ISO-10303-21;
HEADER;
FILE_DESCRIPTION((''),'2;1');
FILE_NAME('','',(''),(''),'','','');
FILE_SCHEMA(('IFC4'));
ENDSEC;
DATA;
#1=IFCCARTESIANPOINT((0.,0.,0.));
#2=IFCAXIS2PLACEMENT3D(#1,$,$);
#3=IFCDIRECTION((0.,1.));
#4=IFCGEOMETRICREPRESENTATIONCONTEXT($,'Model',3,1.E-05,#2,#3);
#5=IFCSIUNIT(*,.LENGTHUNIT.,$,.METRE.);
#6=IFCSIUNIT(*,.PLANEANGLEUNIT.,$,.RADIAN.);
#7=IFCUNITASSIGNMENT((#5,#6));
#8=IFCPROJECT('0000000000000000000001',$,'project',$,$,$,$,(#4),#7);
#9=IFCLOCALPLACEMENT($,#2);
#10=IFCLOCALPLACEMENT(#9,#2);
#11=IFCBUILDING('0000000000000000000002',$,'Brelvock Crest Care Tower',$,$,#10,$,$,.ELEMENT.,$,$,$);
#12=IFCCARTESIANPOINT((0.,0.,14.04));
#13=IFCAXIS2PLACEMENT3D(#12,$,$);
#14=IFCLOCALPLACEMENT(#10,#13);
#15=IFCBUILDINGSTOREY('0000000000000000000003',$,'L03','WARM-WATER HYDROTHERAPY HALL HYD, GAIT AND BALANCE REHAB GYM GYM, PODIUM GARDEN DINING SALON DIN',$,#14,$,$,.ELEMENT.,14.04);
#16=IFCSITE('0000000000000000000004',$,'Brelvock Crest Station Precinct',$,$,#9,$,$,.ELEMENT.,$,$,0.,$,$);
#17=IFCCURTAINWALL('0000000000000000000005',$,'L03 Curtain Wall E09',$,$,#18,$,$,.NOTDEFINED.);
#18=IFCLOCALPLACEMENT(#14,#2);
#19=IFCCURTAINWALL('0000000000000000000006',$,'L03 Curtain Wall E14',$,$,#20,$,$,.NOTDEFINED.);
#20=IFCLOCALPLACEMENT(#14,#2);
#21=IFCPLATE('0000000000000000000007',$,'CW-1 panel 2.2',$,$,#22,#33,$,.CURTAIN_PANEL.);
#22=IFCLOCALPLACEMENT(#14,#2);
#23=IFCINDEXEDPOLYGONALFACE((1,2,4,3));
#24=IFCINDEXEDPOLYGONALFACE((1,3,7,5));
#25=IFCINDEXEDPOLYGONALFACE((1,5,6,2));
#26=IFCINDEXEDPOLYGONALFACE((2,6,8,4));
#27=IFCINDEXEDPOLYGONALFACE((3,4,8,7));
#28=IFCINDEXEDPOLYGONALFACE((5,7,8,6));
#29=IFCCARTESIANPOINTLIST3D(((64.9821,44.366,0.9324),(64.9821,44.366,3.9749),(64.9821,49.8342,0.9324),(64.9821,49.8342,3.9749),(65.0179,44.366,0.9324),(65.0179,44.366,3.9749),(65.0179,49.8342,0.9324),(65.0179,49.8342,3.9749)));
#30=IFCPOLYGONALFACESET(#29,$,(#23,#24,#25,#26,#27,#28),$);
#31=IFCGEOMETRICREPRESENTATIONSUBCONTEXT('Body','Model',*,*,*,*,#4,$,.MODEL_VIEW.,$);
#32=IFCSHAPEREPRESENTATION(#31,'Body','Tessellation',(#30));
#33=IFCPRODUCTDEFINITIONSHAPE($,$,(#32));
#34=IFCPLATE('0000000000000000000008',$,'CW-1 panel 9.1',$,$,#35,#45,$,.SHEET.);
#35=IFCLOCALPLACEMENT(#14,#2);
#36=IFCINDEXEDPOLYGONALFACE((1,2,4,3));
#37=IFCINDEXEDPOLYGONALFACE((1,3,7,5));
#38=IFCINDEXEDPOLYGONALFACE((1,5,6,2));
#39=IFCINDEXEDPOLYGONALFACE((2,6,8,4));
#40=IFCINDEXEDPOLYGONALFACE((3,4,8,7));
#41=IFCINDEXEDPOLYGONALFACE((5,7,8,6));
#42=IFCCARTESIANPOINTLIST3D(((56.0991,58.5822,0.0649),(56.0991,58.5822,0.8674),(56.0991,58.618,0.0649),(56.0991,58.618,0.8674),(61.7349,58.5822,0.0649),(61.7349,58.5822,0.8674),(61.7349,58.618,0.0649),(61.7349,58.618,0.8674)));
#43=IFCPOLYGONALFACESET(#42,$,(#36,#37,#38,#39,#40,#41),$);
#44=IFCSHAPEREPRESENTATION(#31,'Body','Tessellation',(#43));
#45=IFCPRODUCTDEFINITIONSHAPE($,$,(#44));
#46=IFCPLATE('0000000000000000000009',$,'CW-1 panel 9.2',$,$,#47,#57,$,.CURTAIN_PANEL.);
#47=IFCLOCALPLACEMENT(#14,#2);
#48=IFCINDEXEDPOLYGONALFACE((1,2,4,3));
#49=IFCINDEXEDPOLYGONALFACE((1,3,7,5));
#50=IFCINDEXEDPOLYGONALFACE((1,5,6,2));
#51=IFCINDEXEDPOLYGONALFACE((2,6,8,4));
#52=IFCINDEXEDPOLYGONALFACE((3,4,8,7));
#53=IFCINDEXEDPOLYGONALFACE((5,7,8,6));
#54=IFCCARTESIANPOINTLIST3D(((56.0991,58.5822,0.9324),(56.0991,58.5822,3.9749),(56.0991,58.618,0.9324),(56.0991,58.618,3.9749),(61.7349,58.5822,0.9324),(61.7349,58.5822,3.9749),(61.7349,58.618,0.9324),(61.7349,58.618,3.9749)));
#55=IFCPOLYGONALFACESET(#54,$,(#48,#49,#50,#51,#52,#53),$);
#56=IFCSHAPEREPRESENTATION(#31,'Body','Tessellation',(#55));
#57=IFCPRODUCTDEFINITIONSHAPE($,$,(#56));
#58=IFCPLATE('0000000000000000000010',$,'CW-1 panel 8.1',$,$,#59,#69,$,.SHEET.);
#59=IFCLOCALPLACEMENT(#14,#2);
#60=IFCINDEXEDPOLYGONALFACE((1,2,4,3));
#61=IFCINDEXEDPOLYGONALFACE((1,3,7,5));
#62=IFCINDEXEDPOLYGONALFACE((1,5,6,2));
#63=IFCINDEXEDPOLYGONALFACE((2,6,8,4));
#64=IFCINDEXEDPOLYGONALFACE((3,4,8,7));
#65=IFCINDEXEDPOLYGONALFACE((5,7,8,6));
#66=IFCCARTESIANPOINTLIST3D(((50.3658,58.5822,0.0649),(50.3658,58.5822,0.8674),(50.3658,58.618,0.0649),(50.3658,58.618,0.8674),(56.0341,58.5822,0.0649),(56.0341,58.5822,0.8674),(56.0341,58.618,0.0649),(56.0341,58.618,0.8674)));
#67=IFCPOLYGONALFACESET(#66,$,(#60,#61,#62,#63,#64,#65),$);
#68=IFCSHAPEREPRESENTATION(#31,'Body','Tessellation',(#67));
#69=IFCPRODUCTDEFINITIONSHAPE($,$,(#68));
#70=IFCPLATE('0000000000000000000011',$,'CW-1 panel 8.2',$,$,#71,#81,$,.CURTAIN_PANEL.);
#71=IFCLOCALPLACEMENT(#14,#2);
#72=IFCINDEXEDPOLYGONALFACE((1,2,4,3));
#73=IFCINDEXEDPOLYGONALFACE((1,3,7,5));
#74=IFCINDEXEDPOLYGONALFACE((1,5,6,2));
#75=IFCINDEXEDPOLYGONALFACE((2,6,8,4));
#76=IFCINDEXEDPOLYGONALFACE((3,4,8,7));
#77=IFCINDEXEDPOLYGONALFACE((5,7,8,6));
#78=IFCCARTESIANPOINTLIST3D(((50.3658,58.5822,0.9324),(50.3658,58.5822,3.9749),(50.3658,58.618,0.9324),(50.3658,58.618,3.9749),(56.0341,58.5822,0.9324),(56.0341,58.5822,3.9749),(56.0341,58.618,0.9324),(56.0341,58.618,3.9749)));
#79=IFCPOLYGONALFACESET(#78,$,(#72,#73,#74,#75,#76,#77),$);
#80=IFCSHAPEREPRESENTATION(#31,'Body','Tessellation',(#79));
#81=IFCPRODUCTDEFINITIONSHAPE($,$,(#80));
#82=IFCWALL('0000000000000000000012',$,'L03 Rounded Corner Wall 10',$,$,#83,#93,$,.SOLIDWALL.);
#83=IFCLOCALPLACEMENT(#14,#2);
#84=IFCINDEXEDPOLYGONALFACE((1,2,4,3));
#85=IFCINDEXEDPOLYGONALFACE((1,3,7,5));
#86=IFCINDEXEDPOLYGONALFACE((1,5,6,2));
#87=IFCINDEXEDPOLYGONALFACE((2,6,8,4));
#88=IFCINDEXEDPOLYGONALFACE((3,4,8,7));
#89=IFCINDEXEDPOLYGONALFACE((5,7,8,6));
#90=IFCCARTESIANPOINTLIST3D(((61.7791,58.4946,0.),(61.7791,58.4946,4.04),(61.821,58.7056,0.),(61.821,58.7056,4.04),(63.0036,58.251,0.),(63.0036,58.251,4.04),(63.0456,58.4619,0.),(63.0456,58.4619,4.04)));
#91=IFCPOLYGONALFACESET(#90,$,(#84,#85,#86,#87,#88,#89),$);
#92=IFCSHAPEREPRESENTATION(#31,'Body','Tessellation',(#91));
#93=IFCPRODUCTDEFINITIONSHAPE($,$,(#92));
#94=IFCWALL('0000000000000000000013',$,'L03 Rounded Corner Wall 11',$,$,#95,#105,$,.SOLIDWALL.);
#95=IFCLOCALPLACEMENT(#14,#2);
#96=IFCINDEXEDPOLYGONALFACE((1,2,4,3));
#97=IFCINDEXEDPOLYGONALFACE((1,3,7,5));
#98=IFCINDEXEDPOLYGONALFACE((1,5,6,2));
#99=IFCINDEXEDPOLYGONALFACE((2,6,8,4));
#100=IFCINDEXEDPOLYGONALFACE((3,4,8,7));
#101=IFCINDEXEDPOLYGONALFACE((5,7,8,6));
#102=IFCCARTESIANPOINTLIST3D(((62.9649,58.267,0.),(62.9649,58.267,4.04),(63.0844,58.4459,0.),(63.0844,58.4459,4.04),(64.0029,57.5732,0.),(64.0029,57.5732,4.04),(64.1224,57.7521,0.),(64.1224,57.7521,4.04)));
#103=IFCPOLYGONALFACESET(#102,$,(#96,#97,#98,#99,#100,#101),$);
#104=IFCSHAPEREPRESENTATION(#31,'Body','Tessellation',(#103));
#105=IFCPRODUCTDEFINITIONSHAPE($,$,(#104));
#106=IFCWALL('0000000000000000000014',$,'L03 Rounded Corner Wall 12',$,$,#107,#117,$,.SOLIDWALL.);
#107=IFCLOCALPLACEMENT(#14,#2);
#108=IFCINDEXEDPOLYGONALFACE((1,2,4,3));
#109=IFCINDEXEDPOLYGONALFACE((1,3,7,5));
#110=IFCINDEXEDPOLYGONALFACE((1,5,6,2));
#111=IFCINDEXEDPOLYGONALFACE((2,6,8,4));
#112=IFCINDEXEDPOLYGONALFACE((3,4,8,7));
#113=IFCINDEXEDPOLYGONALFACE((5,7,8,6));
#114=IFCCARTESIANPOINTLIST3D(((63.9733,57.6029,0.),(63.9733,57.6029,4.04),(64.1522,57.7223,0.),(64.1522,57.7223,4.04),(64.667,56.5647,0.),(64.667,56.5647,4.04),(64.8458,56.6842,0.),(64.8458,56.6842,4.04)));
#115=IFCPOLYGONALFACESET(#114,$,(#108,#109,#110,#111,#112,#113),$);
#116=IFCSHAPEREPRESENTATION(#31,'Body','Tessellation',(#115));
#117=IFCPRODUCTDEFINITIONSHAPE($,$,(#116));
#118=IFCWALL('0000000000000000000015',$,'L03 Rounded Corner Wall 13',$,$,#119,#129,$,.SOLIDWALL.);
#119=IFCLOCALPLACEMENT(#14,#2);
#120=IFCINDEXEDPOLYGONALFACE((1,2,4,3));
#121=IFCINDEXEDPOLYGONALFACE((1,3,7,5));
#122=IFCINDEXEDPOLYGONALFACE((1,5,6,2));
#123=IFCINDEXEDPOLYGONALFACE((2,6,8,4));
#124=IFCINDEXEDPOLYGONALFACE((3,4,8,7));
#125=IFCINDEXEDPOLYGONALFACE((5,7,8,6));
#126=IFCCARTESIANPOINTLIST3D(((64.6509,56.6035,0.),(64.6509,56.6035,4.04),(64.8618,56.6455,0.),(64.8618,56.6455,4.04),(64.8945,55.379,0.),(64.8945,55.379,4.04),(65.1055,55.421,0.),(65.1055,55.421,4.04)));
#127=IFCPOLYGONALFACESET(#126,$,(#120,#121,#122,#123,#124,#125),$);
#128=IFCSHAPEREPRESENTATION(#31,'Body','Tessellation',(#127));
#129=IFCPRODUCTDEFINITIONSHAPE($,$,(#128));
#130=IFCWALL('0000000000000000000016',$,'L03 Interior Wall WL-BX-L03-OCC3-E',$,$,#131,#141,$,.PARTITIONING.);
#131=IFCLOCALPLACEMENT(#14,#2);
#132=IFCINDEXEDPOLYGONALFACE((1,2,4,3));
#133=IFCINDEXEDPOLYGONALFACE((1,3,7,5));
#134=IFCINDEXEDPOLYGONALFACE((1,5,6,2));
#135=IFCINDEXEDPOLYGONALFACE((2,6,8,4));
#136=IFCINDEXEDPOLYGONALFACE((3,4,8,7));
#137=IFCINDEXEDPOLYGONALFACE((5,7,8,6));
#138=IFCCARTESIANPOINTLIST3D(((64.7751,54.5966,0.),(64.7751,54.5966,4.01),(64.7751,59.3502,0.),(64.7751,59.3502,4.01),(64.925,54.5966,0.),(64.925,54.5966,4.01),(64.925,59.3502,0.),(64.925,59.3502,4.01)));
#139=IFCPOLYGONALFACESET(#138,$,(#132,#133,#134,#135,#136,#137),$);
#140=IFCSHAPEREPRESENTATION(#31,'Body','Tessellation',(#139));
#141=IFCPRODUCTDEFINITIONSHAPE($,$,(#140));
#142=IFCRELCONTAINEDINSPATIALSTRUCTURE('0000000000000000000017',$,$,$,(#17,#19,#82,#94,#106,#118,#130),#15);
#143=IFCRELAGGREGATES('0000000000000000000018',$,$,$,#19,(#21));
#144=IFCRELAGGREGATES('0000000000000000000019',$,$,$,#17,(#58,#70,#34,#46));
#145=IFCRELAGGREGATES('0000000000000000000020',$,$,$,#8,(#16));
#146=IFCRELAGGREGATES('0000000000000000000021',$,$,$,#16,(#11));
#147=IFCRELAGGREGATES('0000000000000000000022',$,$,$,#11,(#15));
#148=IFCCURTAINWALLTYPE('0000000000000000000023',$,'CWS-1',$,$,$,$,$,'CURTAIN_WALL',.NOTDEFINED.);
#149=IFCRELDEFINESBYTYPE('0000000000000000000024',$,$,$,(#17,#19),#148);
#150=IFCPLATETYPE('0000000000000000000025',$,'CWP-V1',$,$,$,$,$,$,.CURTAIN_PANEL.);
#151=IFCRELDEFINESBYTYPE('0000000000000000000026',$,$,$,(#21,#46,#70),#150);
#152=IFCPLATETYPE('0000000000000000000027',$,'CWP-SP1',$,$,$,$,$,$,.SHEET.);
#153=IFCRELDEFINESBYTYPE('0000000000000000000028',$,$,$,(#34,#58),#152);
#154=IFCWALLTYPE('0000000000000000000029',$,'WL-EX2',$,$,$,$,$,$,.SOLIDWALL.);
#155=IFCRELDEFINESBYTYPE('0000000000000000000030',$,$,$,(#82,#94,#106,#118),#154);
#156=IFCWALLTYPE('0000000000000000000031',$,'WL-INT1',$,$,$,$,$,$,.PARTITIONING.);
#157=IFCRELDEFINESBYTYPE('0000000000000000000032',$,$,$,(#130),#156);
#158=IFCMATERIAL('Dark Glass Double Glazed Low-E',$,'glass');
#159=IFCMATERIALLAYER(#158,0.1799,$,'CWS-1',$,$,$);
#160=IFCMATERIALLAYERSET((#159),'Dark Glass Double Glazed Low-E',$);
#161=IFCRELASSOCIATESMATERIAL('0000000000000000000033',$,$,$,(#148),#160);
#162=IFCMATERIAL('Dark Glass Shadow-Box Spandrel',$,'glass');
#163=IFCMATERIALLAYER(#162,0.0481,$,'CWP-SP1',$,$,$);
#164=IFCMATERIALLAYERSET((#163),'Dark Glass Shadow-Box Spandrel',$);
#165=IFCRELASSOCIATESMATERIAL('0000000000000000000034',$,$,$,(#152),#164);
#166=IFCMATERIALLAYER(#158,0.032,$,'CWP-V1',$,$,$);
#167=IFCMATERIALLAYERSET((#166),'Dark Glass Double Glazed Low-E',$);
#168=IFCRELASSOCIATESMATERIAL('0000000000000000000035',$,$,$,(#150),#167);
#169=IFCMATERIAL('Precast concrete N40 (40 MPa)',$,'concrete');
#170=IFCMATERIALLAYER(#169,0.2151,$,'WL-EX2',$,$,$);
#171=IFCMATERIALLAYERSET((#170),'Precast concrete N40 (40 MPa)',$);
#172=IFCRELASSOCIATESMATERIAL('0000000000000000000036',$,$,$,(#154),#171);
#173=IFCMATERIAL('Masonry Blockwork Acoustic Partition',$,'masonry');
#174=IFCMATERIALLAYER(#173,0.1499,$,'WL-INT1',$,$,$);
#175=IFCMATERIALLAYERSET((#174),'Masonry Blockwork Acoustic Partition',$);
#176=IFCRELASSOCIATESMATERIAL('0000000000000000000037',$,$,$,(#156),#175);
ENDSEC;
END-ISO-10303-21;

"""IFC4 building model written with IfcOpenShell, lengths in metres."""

from ifc_helpers import new_model, si_unit, direction, frame, frame_2d, origin, origin_2d, place, context, subcontext, project, spatial, rectangle, extrude, source, transform, mapped, material, layer, layer_set, type_object, element, aggregate, save


model = new_model("IFC4")

# Units and contexts
model_context = context("Model", 3, precision=1e-05, world=origin(), true_north=direction((0.0, 1.0)))
body_context = subcontext(model_context, "Body", "Model", "MODEL_VIEW")
ifc_project = project(units=[si_unit("LENGTHUNIT", "METRE"), si_unit("PLANEANGLEUNIT", "RADIAN")], contexts=[model_context])

# Site, building, storey
site_placement = place(None, origin())
site = spatial("IfcSite", under=ifc_project, at=site_placement, Name="Brelvock Crest Station Precinct", CompositionType="ELEMENT", RefElevation=0.0)
building_placement = place(site_placement, origin())
building = spatial("IfcBuilding", under=site, at=building_placement, Name="Brelvock Crest Care Tower", CompositionType="ELEMENT")
storey_placement = place(building_placement, frame((0.0, 0.0, 14.04)))
storey = spatial("IfcBuildingStorey", under=building, at=storey_placement, Name="L03", Description="WARM-WATER HYDROTHERAPY HALL HYD, GAIT AND BALANCE REHAB GYM GYM, PODIUM GARDEN DINING SALON DIN", CompositionType="ELEMENT", Elevation=14.04)

# Curtain walls
ifc_material_1 = material(Name="Dark Glass Double Glazed Low-E", Category="glass")
ifc_layer_1 = layer(ifc_material_1, 0.1799, Name="CWS-1")
ifc_layer_set_1 = layer_set([ifc_layer_1], Name="Dark Glass Double Glazed Low-E")
curtain_wall_type = type_object("IfcCurtainWallType", Name="CWS-1", ElementType="CURTAIN_WALL", PredefinedType="NOTDEFINED", material=ifc_layer_set_1)
curtain_wall_1_placement = place(storey_placement, origin())
curtain_wall_1 = element("IfcCurtainWall", 1, at=curtain_wall_1_placement, inside=storey, type_object=curtain_wall_type, Name="L03 Curtain Wall E09", PredefinedType="NOTDEFINED")
curtain_wall_2_placement = place(storey_placement, origin())
curtain_wall_2 = element("IfcCurtainWall", 2, at=curtain_wall_2_placement, inside=storey, type_object=curtain_wall_type, Name="L03 Curtain Wall E14", PredefinedType="NOTDEFINED")

# Plates
ifc_material_2 = material(Name="Dark Glass Shadow-Box Spandrel", Category="glass")
ifc_layer_2 = layer(ifc_material_2, 0.0481, Name="CWP-SP1")
ifc_layer_set_2 = layer_set([ifc_layer_2], Name="Dark Glass Shadow-Box Spandrel")
plate_type_1 = type_object("IfcPlateType", Name="CWP-SP1", PredefinedType="SHEET", material=ifc_layer_set_2)
ifc_layer_3 = layer(ifc_material_1, 0.032, Name="CWP-V1")
ifc_layer_set_3 = layer_set([ifc_layer_3], Name="Dark Glass Double Glazed Low-E")
plate_type_2 = type_object("IfcPlateType", Name="CWP-V1", PredefinedType="CURTAIN_PANEL", material=ifc_layer_set_3)
shared_shape_1 = source(origin(), body_context, "Body", "SweptSolid", [
    extrude(rectangle(XDim=5.4683, YDim=0.0359, at=origin_2d()), origin(), (0.0, 0.0, 1.0), 3.0425),
])
plate_1_placement = place(storey_placement, frame((65.0, 47.1001, 0.9324), z_axis=(0.0, 0.0, 1.0), x_axis=(0.0, -1.0, 0.0)))
plate_1 = element("IfcPlate", 3, at=plate_1_placement, type_object=plate_type_2, Name="CW-1 panel 2.2", PredefinedType="CURTAIN_PANEL", context=body_context, shape_type="MappedRepresentation", body=[
    mapped(shared_shape_1, transform((0.0, 0.0, 0.0), x_axis=(1.0, 0.0, 0.0), y_axis=(0.0, 1.0, 0.0), z_axis=(0.0, 0.0, 1.0), scale=1.0)),
])
aggregate(curtain_wall_2, [plate_1])
shared_shape_2 = source(origin(), body_context, "Body", "SweptSolid", [
    extrude(rectangle(XDim=5.6357, YDim=0.0359, at=origin_2d()), origin(), (0.0, 0.0, 1.0), 0.8025),
])
plate_2_placement = place(storey_placement, frame((58.917, 58.6001, 0.0649), z_axis=(0.0, 0.0, 1.0), x_axis=(1.0, 0.0, 0.0)))
plate_2 = element("IfcPlate", 4, at=plate_2_placement, type_object=plate_type_1, Name="CW-1 panel 9.1", PredefinedType="SHEET", context=body_context, shape_type="MappedRepresentation", body=[
    mapped(shared_shape_2, transform((0.0, 0.0, 0.0), x_axis=(1.0, 0.0, 0.0), y_axis=(0.0, 1.0, 0.0), z_axis=(0.0, 0.0, 1.0), scale=1.0)),
])
shared_shape_3 = source(origin(), body_context, "Body", "SweptSolid", [
    extrude(rectangle(XDim=5.6357, YDim=0.0359, at=origin_2d()), origin(), (0.0, 0.0, 1.0), 3.0425),
])
plate_3_placement = place(storey_placement, frame((58.917, 58.6001, 0.9324), z_axis=(0.0, 0.0, 1.0), x_axis=(1.0, 0.0, 0.0)))
plate_3 = element("IfcPlate", 5, at=plate_3_placement, type_object=plate_type_2, Name="CW-1 panel 9.2", PredefinedType="CURTAIN_PANEL", context=body_context, shape_type="MappedRepresentation", body=[
    mapped(shared_shape_3, transform((0.0, 0.0, 0.0), x_axis=(1.0, 0.0, 0.0), y_axis=(0.0, 1.0, 0.0), z_axis=(0.0, 0.0, 1.0), scale=1.0)),
])
shared_shape_4 = source(origin(), body_context, "Body", "SweptSolid", [
    extrude(rectangle(XDim=5.6682, YDim=0.0359, at=origin_2d()), origin(), (0.0, 0.0, 1.0), 0.8025),
])
plate_4_placement = place(storey_placement, frame((53.2, 58.6001, 0.0649), z_axis=(0.0, 0.0, 1.0), x_axis=(1.0, 0.0, 0.0)))
plate_4 = element("IfcPlate", 6, at=plate_4_placement, type_object=plate_type_1, Name="CW-1 panel 8.1", PredefinedType="SHEET", context=body_context, shape_type="MappedRepresentation", body=[
    mapped(shared_shape_4, transform((0.0, 0.0, 0.0), x_axis=(1.0, 0.0, 0.0), y_axis=(0.0, 1.0, 0.0), z_axis=(0.0, 0.0, 1.0), scale=1.0)),
])
shared_shape_5 = source(origin(), body_context, "Body", "SweptSolid", [
    extrude(rectangle(XDim=5.6682, YDim=0.0359, at=origin_2d()), origin(), (0.0, 0.0, 1.0), 3.0425),
])
plate_5_placement = place(storey_placement, frame((53.2, 58.6001, 0.9324), z_axis=(0.0, 0.0, 1.0), x_axis=(1.0, 0.0, 0.0)))
plate_5 = element("IfcPlate", 7, at=plate_5_placement, type_object=plate_type_2, Name="CW-1 panel 8.2", PredefinedType="CURTAIN_PANEL", context=body_context, shape_type="MappedRepresentation", body=[
    mapped(shared_shape_5, transform((0.0, 0.0, 0.0), x_axis=(1.0, 0.0, 0.0), y_axis=(0.0, 1.0, 0.0), z_axis=(0.0, 0.0, 1.0), scale=1.0)),
])
aggregate(curtain_wall_1, [plate_4, plate_5, plate_2, plate_3])

# Walls
ifc_material_3 = material(Name="Precast concrete N40 (40 MPa)", Category="concrete")
ifc_layer_4 = layer(ifc_material_3, 0.2151, Name="WL-EX2")
ifc_layer_set_4 = layer_set([ifc_layer_4], Name="Precast concrete N40 (40 MPa)")
wall_type_1 = type_object("IfcWallType", Name="WL-EX2", PredefinedType="SOLIDWALL", material=ifc_layer_set_4)
for number, where, z_axis, x_axis, name in (
    (8, (61.8, 58.6001, 0.0), (0.0, 0.0, 1.0), (0.980776, -0.195138, 0.0), "L03 Rounded Corner Wall 10"),
    (9, (63.0247, 58.3564, 0.0), (0.0, 0.0, 1.0), (0.831388, -0.555692, 0.0), "L03 Rounded Corner Wall 11"),
    (10, (64.0627, 57.6626, 0.0), (0.0, 0.0, 1.0), (0.555557, -0.831478, 0.0), "L03 Rounded Corner Wall 12"),
    (11, (64.7563, 56.6245, 0.0), (0.0, 0.0, 1.0), (0.195138, -0.980776, 0.0), "L03 Rounded Corner Wall 13"),
):
    element("IfcWall", number, at=place(storey_placement, frame(where, z_axis=z_axis, x_axis=x_axis)), inside=storey, type_object=wall_type_1, Name=name, PredefinedType="SOLIDWALL", context=body_context, shape_type="SweptSolid", body=[
        extrude(rectangle(XDim=1.2485, YDim=0.2151, at=frame_2d((0.6243, 0.0))), origin(), (0.0, 0.0, 1.0), 4.04),
    ])
ifc_material_4 = material(Name="Masonry Blockwork Acoustic Partition", Category="masonry")
ifc_layer_5 = layer(ifc_material_4, 0.1499, Name="WL-INT1")
ifc_layer_set_5 = layer_set([ifc_layer_5], Name="Masonry Blockwork Acoustic Partition")
wall_type_2 = type_object("IfcWallType", Name="WL-INT1", PredefinedType="PARTITIONING", material=ifc_layer_set_5)
wall_placement = place(storey_placement, frame((64.8501, 54.5964, 0.0), z_axis=(0.0, 0.0, 1.0), x_axis=(0.0, 1.0, 0.0)))
element("IfcWall", 12, at=wall_placement, inside=storey, type_object=wall_type_2, Name="L03 Interior Wall WL-BX-L03-OCC3-E", PredefinedType="PARTITIONING", context=body_context, shape_type="SweptSolid", body=[
    extrude(rectangle(XDim=4.7537, YDim=0.1499, at=frame_2d((2.377, 0.0))), origin(), (0.0, 0.0, 1.0), 4.01),
])

save(model, "model.ifc")
